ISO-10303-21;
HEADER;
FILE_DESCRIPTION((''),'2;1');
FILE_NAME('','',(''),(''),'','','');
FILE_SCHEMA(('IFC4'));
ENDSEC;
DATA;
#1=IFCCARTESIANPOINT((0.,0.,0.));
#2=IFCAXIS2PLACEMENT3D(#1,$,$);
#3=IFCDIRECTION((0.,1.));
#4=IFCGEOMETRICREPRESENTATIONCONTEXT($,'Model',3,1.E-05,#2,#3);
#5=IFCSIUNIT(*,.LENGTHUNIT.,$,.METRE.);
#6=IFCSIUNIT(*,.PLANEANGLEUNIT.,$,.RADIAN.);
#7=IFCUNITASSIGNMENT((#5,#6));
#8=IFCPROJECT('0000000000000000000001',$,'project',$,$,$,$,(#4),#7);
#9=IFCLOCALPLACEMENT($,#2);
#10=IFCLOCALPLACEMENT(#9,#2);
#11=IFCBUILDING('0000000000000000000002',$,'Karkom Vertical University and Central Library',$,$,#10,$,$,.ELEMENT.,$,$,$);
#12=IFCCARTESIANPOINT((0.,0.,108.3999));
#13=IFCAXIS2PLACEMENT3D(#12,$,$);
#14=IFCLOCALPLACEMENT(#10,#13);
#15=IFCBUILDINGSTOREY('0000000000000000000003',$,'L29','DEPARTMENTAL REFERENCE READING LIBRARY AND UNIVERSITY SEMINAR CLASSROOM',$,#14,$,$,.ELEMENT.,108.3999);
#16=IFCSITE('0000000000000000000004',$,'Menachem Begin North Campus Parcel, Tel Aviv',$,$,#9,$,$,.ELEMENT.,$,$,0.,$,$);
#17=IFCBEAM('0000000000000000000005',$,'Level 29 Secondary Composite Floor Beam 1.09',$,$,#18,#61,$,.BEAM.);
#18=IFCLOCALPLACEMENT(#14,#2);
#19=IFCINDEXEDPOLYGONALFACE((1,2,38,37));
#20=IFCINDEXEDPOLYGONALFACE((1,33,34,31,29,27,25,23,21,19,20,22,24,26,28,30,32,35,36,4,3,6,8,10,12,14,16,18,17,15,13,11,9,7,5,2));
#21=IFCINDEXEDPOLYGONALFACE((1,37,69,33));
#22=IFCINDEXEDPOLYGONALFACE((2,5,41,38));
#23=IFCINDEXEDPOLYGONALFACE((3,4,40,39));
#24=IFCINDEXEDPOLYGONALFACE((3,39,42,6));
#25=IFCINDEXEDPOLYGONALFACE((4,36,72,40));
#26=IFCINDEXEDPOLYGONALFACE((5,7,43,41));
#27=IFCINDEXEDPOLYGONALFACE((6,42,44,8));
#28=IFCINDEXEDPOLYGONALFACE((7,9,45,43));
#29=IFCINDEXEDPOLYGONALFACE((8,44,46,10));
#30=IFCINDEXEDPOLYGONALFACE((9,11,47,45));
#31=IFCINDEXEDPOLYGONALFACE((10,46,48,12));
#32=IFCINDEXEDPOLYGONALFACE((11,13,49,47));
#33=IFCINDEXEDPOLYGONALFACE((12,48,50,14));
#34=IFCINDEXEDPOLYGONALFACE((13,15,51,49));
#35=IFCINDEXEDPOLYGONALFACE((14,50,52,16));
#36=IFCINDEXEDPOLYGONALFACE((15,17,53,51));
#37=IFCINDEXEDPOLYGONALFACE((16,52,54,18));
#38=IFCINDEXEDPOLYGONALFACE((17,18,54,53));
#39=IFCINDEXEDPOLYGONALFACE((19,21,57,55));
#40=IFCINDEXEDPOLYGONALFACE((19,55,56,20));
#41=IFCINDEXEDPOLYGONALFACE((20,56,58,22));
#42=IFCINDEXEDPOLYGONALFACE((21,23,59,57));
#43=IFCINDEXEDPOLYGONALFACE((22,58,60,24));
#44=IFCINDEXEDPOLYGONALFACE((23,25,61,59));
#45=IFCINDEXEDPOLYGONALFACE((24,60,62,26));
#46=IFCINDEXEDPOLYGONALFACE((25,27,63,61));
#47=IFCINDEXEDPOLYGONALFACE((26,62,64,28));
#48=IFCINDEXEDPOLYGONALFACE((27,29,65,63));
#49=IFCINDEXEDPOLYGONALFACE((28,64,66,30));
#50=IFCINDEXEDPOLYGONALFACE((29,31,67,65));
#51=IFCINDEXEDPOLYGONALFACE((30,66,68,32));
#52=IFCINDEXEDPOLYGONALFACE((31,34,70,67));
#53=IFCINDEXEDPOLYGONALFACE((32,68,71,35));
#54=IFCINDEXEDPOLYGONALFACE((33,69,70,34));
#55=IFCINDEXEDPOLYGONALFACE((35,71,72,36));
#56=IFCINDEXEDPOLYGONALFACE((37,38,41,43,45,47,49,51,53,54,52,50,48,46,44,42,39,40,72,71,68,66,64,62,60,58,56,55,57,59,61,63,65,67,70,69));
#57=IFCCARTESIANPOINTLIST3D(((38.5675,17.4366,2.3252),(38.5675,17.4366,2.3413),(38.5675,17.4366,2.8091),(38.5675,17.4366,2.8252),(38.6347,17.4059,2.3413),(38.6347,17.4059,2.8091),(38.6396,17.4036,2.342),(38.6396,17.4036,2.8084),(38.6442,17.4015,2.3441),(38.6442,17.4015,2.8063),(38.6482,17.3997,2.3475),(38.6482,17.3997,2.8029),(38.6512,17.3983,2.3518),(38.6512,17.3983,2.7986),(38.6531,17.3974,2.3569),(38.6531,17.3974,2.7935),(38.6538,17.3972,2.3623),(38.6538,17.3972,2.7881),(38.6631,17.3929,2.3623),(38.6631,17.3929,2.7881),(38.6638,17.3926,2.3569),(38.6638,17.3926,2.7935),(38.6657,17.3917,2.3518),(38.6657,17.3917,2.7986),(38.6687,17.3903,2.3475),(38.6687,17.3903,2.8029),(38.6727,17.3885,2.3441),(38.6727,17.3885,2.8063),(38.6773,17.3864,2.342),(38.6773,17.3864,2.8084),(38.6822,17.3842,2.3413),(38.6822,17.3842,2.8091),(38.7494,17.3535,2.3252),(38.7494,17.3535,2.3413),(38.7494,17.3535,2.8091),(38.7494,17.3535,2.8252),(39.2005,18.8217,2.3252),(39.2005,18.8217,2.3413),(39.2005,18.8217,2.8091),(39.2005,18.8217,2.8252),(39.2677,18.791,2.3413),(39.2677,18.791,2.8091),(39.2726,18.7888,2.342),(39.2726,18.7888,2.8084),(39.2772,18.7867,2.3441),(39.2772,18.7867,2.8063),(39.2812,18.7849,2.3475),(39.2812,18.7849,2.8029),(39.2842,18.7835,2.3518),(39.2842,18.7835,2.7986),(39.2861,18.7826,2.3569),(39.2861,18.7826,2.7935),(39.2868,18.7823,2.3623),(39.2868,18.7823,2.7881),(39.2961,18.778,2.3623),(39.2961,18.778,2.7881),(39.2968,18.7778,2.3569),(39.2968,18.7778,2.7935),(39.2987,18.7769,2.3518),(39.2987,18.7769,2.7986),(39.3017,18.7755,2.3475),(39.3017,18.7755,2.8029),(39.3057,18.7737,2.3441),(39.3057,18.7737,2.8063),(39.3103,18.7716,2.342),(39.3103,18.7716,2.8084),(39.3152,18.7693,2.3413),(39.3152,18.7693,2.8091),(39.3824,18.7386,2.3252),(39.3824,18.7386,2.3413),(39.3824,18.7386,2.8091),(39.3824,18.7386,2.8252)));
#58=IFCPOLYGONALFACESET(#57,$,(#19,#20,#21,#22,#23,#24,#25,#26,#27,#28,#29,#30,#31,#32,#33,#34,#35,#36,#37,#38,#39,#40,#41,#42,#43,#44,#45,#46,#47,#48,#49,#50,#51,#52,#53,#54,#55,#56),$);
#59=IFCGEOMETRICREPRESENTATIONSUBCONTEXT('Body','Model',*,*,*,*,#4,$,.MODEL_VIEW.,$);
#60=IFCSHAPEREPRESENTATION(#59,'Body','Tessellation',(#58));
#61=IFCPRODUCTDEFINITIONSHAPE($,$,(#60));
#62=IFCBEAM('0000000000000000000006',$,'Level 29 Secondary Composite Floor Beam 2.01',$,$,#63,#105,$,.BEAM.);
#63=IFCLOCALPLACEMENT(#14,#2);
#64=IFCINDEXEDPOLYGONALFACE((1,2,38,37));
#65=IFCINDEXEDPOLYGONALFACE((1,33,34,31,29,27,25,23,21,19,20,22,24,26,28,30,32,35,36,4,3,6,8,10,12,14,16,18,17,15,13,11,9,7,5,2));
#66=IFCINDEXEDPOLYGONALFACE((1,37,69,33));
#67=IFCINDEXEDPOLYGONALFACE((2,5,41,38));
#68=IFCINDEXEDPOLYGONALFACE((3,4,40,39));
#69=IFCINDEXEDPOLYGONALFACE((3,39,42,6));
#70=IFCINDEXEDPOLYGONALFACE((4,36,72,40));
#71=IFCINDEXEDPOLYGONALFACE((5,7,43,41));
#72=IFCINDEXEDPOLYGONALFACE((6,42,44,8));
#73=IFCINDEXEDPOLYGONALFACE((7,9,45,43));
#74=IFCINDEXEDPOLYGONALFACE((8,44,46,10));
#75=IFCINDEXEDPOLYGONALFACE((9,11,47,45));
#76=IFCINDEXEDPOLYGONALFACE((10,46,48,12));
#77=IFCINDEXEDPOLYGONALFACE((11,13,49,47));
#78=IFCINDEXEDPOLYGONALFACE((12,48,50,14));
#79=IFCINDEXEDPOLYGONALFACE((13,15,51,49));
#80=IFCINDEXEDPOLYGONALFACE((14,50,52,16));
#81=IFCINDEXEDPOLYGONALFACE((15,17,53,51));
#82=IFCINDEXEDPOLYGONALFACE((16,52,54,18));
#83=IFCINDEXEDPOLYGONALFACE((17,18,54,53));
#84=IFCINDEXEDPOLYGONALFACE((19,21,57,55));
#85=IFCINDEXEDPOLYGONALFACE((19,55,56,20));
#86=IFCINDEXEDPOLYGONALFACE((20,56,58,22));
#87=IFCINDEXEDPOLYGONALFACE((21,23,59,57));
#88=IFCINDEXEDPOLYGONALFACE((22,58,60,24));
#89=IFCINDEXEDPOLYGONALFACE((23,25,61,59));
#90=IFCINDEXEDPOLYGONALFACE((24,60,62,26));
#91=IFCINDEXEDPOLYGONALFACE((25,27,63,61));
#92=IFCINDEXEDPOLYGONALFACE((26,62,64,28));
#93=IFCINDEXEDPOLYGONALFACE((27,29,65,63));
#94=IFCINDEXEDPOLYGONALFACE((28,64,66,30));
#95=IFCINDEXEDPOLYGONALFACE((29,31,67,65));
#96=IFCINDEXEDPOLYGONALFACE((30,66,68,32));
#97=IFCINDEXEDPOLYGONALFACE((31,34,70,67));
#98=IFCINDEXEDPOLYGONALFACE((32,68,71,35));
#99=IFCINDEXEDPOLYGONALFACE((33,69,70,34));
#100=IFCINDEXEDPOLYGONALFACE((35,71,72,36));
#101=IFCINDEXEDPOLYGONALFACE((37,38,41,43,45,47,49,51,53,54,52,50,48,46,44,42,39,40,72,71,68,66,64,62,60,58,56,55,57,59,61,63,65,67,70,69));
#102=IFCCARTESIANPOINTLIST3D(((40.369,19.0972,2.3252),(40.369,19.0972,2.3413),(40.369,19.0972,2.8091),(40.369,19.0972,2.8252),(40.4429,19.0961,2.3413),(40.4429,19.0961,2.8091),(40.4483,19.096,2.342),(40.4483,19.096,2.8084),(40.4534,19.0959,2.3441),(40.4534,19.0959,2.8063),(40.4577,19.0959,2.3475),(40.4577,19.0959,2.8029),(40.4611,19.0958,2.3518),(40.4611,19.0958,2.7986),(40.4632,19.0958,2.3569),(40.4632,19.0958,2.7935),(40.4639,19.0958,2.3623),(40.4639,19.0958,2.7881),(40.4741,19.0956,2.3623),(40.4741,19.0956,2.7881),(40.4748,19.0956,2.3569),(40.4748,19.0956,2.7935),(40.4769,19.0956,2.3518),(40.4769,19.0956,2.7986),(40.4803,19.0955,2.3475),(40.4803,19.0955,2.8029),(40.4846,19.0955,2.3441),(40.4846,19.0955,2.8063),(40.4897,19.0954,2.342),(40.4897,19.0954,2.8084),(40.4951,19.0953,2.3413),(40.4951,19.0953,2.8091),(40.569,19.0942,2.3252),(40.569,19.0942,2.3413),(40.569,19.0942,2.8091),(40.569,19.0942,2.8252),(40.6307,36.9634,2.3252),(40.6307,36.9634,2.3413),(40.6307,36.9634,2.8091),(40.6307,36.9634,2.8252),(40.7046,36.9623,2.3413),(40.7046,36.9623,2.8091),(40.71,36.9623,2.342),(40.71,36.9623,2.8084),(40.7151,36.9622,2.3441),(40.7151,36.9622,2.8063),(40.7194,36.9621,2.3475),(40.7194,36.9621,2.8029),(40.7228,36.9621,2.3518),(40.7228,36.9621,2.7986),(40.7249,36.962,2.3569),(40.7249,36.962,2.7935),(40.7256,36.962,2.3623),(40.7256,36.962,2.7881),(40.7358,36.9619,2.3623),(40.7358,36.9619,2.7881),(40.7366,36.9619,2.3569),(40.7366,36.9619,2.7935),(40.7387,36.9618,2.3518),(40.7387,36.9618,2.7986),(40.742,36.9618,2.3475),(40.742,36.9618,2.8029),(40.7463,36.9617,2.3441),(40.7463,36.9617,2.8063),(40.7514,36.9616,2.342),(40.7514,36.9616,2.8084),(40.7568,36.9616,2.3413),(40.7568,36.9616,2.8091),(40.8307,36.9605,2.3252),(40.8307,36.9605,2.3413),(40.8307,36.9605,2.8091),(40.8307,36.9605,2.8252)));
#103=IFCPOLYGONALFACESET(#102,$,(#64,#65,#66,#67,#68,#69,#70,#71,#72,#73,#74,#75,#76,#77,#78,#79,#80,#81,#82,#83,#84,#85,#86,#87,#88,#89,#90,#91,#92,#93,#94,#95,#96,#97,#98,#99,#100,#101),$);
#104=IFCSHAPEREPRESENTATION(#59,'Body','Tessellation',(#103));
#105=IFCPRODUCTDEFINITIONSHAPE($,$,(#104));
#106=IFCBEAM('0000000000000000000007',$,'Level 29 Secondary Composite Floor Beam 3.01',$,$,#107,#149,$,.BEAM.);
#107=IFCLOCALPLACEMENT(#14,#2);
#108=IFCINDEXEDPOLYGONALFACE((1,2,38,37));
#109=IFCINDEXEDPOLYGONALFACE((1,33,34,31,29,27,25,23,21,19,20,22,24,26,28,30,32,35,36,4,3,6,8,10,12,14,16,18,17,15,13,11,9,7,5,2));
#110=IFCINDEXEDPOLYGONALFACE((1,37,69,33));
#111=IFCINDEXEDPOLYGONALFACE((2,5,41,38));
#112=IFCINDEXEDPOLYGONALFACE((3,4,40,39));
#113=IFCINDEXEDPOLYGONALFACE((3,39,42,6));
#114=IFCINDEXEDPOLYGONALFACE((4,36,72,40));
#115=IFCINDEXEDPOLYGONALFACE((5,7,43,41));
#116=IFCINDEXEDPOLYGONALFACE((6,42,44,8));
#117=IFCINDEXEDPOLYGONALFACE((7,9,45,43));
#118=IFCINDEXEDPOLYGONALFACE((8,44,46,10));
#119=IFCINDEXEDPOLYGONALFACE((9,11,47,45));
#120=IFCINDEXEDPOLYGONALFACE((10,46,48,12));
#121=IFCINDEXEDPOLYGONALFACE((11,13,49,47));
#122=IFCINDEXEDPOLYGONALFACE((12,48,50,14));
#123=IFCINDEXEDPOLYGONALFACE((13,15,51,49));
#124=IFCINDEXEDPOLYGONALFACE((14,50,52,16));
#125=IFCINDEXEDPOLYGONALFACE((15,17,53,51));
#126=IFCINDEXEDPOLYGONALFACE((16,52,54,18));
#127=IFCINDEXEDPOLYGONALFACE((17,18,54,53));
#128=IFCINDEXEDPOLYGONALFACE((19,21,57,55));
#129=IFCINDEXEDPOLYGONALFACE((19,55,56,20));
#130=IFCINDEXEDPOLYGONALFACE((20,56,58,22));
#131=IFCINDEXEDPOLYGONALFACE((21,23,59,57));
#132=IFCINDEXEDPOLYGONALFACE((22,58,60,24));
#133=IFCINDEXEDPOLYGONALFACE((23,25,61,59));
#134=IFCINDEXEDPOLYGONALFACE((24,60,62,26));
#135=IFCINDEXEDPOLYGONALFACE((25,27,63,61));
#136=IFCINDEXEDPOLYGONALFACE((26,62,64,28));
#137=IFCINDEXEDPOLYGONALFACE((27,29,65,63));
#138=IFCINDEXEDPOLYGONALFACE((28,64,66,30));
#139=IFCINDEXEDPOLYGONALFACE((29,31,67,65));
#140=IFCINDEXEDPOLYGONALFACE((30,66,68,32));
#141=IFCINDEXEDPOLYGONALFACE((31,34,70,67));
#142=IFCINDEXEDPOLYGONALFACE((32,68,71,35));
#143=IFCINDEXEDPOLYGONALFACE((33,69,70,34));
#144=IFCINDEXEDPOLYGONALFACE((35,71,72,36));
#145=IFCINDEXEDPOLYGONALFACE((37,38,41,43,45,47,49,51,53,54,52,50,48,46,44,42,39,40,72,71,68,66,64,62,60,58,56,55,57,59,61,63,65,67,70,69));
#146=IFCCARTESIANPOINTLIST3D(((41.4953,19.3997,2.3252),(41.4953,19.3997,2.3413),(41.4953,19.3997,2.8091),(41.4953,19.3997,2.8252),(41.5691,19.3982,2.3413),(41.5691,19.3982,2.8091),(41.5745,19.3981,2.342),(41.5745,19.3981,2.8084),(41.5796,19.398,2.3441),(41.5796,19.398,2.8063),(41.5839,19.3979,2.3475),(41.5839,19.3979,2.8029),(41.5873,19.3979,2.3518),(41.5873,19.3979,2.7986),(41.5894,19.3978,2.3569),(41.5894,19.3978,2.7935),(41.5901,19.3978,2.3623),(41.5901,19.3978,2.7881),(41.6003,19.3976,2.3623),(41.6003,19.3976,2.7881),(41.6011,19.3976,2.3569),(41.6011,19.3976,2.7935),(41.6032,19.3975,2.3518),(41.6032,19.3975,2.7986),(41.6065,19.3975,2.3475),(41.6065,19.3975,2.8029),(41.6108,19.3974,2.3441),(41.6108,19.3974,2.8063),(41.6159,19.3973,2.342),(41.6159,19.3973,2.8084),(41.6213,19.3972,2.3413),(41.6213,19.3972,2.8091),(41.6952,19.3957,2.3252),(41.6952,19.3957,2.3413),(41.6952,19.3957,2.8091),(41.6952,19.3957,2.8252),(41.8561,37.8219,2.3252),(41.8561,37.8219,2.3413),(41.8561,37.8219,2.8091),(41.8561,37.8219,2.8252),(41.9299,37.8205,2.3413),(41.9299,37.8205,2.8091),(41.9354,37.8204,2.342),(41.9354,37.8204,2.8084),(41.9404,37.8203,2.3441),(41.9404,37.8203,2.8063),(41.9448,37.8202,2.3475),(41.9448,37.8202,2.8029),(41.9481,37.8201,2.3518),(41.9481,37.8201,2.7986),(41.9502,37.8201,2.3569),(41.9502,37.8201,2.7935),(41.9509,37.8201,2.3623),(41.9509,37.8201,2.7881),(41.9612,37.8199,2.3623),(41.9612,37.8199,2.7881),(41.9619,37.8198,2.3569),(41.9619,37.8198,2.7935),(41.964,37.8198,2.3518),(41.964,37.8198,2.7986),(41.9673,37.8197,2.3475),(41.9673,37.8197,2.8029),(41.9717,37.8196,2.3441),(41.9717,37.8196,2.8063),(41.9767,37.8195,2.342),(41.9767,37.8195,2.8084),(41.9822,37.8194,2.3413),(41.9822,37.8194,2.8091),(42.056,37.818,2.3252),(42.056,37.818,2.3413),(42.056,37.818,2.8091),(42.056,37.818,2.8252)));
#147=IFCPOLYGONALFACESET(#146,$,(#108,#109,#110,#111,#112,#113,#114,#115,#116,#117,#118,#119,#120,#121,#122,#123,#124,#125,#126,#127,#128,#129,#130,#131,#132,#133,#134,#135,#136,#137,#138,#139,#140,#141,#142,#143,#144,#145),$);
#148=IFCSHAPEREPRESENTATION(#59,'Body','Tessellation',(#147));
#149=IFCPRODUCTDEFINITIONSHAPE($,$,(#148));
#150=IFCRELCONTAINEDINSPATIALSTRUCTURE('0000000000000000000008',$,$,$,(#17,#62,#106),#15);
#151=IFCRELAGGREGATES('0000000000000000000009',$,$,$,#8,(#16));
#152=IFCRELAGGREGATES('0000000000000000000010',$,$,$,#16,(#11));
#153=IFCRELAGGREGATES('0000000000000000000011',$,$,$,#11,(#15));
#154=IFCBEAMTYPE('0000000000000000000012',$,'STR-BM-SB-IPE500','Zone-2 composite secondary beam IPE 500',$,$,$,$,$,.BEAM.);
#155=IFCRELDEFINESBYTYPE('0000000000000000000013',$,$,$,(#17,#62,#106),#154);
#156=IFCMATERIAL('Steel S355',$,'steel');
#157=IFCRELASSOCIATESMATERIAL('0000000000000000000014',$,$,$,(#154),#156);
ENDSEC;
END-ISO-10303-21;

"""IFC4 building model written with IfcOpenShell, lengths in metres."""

from ifc_helpers import new_model, si_unit, direction, frame, origin, origin_with_axes, origin_2d, place, context, subcontext, project, spatial, i_section, extrude, source, transform, mapped, material, material_profile, profile_set, type_object, element, save


model = new_model("IFC4")

# Units and contexts
model_context = context("Model", 3, precision=1e-05, world=origin(), true_north=direction((0.0, 1.0)))
body_context = subcontext(model_context, "Body", "Model", "MODEL_VIEW")
ifc_project = project(units=[si_unit("LENGTHUNIT", "METRE"), si_unit("PLANEANGLEUNIT", "RADIAN")], contexts=[model_context])

# Site, building, storey
site_placement = place(None, origin())
site = spatial("IfcSite", under=ifc_project, at=site_placement, Name="Menachem Begin North Campus Parcel, Tel Aviv", CompositionType="ELEMENT", RefElevation=0.0)
building_placement = place(site_placement, origin())
building = spatial("IfcBuilding", under=site, at=building_placement, Name="Karkom Vertical University and Central Library", CompositionType="ELEMENT")
storey_placement = place(building_placement, frame((0.0, 0.0, 108.3999)))
storey = spatial("IfcBuildingStorey", under=building, at=storey_placement, Name="L29", Description="DEPARTMENTAL REFERENCE READING LIBRARY AND UNIVERSITY SEMINAR CLASSROOM", CompositionType="ELEMENT", Elevation=108.3999)

# Beams
ifc_material_1 = material(Name="Steel S355", Category="steel")
ifc_material_profile_1 = material_profile(ifc_material_1, i_section(OverallWidth=0.2, OverallDepth=0.5, WebThickness=0.0103, FlangeThickness=0.0161, FilletRadius=0.021, at=origin_2d()), Name="IPE 500")
ifc_profile_set_1 = profile_set([ifc_material_profile_1], Name="Steel S355")
beam_type_1 = type_object("IfcBeamType", Name="STR-BM-SB-IPE500", Description="Zone-2 composite secondary beam IPE 500", PredefinedType="BEAM", material=ifc_profile_set_1)
shared_shape_1 = source(origin_with_axes(), body_context, "Body", "SweptSolid", [
    extrude(i_section(OverallWidth=0.2, OverallDepth=0.5, WebThickness=0.0103, FlangeThickness=0.0161, FilletRadius=0.021, at=origin_2d()), origin(), (0.0, 0.0, 1.0), 1.5229),
])
beam_1_placement = place(storey_placement, frame((38.6584, 17.395, 2.5752), z_axis=(0.41565, 0.909525, 0.0), x_axis=(-0.909525, 0.41565, 0.0)))
element("IfcBeam", 1, at=beam_1_placement, inside=storey, type_object=beam_type_1, Name="Level 29 Secondary Composite Floor Beam 1.09", PredefinedType="BEAM", context=body_context, shape_type="MappedRepresentation", body=[
    mapped(shared_shape_1, transform((0.0, 0.0, 0.0), scale=1.0)),
])
shared_shape_2 = source(origin_with_axes(), body_context, "Body", "SweptSolid", [
    extrude(i_section(OverallWidth=0.2, OverallDepth=0.5, WebThickness=0.0103, FlangeThickness=0.0161, FilletRadius=0.021, at=origin_2d()), origin(), (0.0, 0.0, 1.0), 17.8682),
])
beam_2_placement = place(storey_placement, frame((40.469, 19.0957, 2.5752), z_axis=(0.014647, 0.999893, 0.0), x_axis=(-0.999893, 0.014647, 0.0)))
element("IfcBeam", 2, at=beam_2_placement, inside=storey, type_object=beam_type_1, Name="Level 29 Secondary Composite Floor Beam 2.01", PredefinedType="BEAM", context=body_context, shape_type="MappedRepresentation", body=[
    mapped(shared_shape_2, transform((0.0, 0.0, 0.0), scale=1.0)),
])
shared_shape_3 = source(origin_with_axes(), body_context, "Body", "SweptSolid", [
    extrude(i_section(OverallWidth=0.2, OverallDepth=0.5, WebThickness=0.0103, FlangeThickness=0.0161, FilletRadius=0.021, at=origin_2d()), origin(), (0.0, 0.0, 1.0), 18.4258),
])
beam_3_placement = place(storey_placement, frame((41.5952, 19.3977, 2.5752), z_axis=(0.019583, 0.999808, 0.0), x_axis=(-0.999808, 0.019583, 0.0)))
element("IfcBeam", 3, at=beam_3_placement, inside=storey, type_object=beam_type_1, Name="Level 29 Secondary Composite Floor Beam 3.01", PredefinedType="BEAM", context=body_context, shape_type="MappedRepresentation", body=[
    mapped(shared_shape_3, transform((0.0, 0.0, 0.0), scale=1.0)),
])

save(model, "model.ifc")
